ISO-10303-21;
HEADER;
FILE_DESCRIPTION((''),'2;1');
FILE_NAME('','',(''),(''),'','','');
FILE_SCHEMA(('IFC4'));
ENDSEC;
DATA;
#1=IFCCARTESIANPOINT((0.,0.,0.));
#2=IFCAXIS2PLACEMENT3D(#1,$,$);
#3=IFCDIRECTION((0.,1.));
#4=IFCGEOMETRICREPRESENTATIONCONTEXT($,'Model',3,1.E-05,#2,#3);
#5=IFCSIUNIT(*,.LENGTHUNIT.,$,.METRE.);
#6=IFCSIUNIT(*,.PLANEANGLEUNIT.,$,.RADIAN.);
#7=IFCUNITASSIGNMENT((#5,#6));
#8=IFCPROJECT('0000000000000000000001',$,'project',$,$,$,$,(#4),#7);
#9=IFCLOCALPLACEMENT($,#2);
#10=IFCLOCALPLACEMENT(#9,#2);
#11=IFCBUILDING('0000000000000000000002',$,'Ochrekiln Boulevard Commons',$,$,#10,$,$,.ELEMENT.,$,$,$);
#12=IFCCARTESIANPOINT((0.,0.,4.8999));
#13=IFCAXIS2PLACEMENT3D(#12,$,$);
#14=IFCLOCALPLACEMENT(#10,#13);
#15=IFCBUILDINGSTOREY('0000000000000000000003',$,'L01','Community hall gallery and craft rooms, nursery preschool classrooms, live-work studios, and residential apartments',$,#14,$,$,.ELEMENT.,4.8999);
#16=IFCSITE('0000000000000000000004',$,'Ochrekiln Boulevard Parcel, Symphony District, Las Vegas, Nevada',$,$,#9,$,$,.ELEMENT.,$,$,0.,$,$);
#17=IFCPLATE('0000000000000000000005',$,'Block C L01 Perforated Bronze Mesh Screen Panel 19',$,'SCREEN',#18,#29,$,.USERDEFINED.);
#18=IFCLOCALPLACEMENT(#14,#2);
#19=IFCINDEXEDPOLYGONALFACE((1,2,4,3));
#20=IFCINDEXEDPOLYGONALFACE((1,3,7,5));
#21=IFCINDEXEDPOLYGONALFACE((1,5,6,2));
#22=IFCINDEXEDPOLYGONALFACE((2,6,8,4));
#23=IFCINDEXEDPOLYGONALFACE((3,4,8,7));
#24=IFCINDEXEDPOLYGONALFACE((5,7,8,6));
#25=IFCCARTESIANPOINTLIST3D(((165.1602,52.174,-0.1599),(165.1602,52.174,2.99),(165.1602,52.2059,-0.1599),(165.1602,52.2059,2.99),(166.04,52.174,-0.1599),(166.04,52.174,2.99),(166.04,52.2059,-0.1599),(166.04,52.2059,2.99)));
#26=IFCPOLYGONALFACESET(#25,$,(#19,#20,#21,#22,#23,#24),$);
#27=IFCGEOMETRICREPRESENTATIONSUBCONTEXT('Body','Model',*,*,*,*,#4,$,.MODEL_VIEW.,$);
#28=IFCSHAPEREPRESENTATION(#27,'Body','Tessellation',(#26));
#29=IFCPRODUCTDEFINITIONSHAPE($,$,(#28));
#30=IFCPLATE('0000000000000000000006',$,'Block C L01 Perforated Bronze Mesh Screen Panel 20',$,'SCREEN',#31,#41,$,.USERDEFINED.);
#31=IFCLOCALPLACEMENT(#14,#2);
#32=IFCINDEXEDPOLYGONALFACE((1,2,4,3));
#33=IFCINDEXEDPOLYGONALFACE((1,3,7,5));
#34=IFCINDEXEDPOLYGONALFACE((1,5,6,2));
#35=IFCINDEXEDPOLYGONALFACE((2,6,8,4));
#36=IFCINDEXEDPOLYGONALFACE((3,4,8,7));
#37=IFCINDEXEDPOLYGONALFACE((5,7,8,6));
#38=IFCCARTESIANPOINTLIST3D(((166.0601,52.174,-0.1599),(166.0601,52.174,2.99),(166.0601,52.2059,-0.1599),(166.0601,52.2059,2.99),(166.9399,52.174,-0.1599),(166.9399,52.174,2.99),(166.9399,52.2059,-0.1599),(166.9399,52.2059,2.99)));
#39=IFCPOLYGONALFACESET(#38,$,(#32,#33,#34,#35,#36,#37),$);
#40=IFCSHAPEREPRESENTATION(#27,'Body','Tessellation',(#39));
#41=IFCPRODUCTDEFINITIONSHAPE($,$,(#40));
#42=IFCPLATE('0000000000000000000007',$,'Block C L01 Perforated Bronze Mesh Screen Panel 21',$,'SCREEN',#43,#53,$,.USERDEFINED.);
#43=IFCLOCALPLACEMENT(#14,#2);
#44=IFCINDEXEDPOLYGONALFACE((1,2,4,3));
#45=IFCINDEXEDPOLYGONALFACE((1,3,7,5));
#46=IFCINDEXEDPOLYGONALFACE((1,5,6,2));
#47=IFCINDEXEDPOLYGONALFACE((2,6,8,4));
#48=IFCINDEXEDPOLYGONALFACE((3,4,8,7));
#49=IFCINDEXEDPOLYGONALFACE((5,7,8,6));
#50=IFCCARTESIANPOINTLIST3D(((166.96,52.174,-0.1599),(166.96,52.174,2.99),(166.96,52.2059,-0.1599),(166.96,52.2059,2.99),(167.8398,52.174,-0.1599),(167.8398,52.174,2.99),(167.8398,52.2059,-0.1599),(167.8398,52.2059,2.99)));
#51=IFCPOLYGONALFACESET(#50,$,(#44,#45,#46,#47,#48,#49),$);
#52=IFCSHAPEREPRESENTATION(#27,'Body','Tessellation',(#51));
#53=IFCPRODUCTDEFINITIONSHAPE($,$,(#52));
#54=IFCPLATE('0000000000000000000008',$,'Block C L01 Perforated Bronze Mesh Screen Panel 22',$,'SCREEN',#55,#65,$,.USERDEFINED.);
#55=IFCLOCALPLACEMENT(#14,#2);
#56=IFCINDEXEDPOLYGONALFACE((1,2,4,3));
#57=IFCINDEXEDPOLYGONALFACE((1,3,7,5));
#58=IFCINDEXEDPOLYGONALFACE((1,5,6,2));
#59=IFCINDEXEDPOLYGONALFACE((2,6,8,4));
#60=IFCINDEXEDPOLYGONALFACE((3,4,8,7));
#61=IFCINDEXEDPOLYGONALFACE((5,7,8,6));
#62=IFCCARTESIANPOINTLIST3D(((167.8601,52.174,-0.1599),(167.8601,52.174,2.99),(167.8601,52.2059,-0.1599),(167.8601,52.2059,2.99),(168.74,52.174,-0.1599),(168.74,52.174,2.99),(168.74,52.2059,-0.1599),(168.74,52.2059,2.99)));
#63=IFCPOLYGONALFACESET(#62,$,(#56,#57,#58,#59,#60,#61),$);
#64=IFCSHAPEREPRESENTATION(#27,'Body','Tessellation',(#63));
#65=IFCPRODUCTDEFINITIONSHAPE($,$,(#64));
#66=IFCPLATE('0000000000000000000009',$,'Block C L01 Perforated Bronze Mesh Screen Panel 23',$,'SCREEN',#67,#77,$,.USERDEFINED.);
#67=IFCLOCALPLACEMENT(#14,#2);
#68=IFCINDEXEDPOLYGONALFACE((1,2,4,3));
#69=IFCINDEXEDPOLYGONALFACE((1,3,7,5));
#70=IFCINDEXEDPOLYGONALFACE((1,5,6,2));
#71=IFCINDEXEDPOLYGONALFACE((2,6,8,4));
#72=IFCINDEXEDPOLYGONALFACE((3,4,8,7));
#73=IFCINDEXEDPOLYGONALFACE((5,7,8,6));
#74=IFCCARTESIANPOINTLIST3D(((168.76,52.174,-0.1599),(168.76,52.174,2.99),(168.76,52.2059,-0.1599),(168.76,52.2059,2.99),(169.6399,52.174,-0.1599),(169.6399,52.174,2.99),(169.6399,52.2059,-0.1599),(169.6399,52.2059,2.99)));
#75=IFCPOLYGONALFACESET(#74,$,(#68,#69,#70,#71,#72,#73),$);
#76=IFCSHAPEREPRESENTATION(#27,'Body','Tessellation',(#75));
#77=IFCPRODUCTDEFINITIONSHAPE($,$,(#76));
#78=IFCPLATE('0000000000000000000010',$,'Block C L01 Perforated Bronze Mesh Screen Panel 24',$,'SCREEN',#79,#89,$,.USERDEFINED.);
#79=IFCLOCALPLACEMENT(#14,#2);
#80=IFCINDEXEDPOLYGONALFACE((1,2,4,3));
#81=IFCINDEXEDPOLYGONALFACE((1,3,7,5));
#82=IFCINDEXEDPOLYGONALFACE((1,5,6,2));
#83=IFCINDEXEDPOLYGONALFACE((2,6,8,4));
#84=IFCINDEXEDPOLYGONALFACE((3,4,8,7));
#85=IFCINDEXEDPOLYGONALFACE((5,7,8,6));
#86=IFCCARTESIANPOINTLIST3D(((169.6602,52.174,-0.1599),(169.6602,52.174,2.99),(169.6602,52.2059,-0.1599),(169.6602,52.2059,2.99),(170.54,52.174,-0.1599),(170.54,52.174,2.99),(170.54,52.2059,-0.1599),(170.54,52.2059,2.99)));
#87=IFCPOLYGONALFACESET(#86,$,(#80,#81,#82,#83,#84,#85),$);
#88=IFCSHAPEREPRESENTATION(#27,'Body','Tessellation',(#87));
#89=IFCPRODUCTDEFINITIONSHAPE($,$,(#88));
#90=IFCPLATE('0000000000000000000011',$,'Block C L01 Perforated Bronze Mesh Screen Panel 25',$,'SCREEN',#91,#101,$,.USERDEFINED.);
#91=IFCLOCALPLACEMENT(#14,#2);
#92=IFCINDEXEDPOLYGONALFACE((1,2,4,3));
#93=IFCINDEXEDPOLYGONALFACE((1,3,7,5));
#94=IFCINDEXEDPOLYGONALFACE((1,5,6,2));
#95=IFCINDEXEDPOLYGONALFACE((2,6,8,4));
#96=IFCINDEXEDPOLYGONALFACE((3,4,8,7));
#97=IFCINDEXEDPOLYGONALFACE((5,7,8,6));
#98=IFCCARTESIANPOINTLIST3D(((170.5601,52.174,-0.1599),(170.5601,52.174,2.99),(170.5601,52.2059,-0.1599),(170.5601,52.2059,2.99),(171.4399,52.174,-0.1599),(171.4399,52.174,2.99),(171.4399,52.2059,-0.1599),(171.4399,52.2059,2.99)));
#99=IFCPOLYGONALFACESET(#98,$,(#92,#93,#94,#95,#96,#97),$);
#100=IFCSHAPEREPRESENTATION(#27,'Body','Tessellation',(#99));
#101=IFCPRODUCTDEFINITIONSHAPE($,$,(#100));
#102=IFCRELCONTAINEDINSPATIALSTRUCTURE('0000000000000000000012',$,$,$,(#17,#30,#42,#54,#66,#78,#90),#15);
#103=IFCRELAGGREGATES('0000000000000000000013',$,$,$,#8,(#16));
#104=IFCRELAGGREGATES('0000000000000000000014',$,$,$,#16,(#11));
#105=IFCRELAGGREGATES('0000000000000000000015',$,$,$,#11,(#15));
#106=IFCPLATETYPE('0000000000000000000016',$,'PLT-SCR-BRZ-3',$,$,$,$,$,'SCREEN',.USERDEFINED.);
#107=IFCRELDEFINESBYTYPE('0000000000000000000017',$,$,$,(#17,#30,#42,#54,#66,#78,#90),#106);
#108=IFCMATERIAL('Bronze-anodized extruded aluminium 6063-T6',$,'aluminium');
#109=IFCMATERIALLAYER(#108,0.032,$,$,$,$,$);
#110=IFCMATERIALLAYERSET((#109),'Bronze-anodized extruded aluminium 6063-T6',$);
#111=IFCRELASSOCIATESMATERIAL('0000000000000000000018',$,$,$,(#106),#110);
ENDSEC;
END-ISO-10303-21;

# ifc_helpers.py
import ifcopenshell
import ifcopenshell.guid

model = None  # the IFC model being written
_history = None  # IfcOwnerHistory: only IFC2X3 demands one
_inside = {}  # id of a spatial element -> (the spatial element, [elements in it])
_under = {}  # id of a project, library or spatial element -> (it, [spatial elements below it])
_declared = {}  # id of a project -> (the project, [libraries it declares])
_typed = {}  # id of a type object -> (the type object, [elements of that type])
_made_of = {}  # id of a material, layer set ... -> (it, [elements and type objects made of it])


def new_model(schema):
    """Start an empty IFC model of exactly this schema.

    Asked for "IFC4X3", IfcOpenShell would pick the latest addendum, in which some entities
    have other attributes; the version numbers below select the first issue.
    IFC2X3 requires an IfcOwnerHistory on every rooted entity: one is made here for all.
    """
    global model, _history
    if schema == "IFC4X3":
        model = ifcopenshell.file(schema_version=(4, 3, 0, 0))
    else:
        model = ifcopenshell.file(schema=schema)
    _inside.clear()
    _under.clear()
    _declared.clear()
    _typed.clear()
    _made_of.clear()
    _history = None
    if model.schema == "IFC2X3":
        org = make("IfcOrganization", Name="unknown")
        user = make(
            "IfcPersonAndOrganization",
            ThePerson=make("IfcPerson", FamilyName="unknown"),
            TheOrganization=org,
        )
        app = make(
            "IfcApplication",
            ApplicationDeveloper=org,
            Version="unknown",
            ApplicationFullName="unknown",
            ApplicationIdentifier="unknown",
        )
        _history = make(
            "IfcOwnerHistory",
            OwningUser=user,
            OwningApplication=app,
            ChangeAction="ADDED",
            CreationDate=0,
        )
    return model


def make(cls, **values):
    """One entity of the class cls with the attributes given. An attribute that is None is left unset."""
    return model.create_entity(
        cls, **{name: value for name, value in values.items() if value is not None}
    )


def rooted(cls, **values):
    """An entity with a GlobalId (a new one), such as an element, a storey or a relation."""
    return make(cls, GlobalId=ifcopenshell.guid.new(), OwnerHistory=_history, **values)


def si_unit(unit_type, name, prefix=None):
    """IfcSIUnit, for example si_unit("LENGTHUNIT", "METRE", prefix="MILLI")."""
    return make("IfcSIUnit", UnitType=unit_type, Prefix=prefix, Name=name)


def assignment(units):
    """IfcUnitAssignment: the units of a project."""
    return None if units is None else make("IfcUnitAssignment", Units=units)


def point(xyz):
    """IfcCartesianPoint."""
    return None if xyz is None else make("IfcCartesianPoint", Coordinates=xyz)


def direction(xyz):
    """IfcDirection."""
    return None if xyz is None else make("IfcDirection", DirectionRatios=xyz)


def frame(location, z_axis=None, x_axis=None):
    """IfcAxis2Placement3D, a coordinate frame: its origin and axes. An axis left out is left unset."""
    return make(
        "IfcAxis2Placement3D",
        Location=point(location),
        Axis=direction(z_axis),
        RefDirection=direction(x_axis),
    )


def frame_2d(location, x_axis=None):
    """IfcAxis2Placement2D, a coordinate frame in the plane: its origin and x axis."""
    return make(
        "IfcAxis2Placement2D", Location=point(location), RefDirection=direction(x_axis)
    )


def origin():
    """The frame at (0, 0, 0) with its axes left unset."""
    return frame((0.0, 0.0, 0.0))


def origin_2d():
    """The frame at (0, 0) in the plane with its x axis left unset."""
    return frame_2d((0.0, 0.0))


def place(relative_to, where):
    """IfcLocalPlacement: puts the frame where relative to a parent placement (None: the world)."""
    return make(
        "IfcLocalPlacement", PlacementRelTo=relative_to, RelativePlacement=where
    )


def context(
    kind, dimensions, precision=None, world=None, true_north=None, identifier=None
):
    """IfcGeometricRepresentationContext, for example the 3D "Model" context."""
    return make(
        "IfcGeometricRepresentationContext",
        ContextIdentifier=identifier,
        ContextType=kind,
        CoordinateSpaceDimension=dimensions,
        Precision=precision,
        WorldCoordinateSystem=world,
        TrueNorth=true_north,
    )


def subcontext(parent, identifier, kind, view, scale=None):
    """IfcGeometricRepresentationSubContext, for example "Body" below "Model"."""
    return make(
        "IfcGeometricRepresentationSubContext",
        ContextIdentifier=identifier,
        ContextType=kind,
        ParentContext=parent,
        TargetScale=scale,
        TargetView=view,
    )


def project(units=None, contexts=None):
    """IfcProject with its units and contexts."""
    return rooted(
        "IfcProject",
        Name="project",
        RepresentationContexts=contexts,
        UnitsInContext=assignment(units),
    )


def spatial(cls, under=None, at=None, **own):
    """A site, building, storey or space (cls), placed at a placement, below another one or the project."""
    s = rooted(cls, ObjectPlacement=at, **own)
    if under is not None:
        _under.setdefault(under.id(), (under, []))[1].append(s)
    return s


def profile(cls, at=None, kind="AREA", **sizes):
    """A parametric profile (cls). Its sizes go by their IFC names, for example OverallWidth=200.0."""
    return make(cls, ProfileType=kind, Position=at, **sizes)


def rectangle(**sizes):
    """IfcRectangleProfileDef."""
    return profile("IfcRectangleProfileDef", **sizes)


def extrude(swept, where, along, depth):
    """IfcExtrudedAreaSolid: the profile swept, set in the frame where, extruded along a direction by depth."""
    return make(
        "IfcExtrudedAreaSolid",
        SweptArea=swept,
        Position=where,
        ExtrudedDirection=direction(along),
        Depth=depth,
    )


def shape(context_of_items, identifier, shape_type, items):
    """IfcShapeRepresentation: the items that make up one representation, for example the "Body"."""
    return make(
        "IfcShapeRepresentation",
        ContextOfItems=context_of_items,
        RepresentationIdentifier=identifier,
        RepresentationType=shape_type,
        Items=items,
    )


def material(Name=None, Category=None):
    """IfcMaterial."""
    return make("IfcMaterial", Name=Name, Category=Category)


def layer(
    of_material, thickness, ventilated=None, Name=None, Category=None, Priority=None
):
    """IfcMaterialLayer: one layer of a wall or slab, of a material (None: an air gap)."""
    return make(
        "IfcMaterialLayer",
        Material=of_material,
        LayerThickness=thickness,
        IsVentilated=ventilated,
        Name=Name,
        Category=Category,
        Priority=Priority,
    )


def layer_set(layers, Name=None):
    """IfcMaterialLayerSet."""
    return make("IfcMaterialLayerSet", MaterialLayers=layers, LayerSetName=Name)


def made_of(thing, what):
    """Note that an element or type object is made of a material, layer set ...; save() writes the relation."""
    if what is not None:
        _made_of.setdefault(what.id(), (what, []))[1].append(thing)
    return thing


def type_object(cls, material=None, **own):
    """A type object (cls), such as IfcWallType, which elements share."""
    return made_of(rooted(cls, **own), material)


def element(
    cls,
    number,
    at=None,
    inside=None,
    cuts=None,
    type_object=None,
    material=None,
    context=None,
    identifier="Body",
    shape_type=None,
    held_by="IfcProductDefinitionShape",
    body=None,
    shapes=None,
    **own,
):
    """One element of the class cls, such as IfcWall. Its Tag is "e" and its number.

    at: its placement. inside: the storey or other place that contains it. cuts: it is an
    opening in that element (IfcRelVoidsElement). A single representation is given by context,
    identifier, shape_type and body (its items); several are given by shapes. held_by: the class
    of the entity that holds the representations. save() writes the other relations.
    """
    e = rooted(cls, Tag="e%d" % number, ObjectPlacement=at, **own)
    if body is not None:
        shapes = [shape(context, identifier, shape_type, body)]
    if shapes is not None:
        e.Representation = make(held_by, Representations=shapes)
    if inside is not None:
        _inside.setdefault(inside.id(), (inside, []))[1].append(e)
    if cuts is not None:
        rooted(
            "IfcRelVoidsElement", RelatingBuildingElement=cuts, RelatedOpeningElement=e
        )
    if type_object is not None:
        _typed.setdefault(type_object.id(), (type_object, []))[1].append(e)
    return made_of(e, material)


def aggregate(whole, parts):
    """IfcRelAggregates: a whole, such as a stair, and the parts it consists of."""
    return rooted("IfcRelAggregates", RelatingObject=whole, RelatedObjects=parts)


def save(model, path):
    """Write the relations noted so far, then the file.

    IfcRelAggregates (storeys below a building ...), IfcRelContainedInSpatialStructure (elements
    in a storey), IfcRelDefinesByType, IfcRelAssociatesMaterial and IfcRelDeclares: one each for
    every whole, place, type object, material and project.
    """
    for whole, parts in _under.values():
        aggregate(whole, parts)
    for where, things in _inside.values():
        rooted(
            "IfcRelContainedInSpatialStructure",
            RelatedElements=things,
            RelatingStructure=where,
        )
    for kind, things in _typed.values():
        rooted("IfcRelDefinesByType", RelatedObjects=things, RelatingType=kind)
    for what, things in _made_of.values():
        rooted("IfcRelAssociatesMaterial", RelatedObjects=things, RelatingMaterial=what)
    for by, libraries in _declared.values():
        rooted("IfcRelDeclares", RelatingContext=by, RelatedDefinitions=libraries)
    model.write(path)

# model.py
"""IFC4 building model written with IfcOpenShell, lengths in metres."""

from ifc_helpers import new_model, si_unit, direction, frame, origin, origin_2d, place, context, subcontext, project, spatial, rectangle, extrude, material, layer, layer_set, type_object, element, save


model = new_model("IFC4")

# Units and contexts
model_context = context("Model", 3, precision=1e-05, world=origin(), true_north=direction((0.0, 1.0)))
body_context = subcontext(model_context, "Body", "Model", "MODEL_VIEW")
ifc_project = project(units=[si_unit("LENGTHUNIT", "METRE"), si_unit("PLANEANGLEUNIT", "RADIAN")], contexts=[model_context])

# Site, building, storey
site_placement = place(None, origin())
site = spatial("IfcSite", under=ifc_project, at=site_placement, Name="Ochrekiln Boulevard Parcel, Symphony District, Las Vegas, Nevada", CompositionType="ELEMENT", RefElevation=0.0)
building_placement = place(site_placement, origin())
building = spatial("IfcBuilding", under=site, at=building_placement, Name="Ochrekiln Boulevard Commons", CompositionType="ELEMENT")
storey_placement = place(building_placement, frame((0.0, 0.0, 4.8999)))
storey = spatial("IfcBuildingStorey", under=building, at=storey_placement, Name="L01", Description="Community hall gallery and craft rooms, nursery preschool classrooms, live-work studios, and residential apartments", CompositionType="ELEMENT", Elevation=4.8999)

# Shared definitions
ifc_material_1 = material(Name="Bronze-anodized extruded aluminium 6063-T6", Category="aluminium")

# Plates
ifc_layer_1 = layer(ifc_material_1, 0.032)
ifc_layer_set_1 = layer_set([ifc_layer_1], Name="Bronze-anodized extruded aluminium 6063-T6")
plate_type_1 = type_object("IfcPlateType", Name="PLT-SCR-BRZ-3", ElementType="SCREEN", PredefinedType="USERDEFINED", material=ifc_layer_set_1)
for number, where, z_axis, x_axis, name in (
    (1, (165.6001, 52.1899, -0.1599), (0.0, 0.0, 1.0), (1.0, 0.0, 0.0), "Block C L01 Perforated Bronze Mesh Screen Panel 19"),
    (2, (166.5, 52.1899, -0.1599), (0.0, 0.0, 1.0), (1.0, 0.0, 0.0), "Block C L01 Perforated Bronze Mesh Screen Panel 20"),
    (3, (167.3999, 52.1899, -0.1599), (0.0, 0.0, 1.0), (1.0, 0.0, 0.0), "Block C L01 Perforated Bronze Mesh Screen Panel 21"),
    (4, (168.3, 52.1899, -0.1599), (0.0, 0.0, 1.0), (1.0, 0.0, 0.0), "Block C L01 Perforated Bronze Mesh Screen Panel 22"),
    (5, (169.2, 52.1899, -0.1599), (0.0, 0.0, 1.0), (1.0, 0.0, 0.0), "Block C L01 Perforated Bronze Mesh Screen Panel 23"),
    (6, (170.1001, 52.1899, -0.1599), (0.0, 0.0, 1.0), (1.0, 0.0, 0.0), "Block C L01 Perforated Bronze Mesh Screen Panel 24"),
    (7, (171.0, 52.1899, -0.1599), (0.0, 0.0, 1.0), (1.0, 0.0, 0.0), "Block C L01 Perforated Bronze Mesh Screen Panel 25"),
):
    element("IfcPlate", number, at=place(storey_placement, frame(where, z_axis=z_axis, x_axis=x_axis)), inside=storey, type_object=plate_type_1, Name=name, ObjectType="SCREEN", PredefinedType="USERDEFINED", context=body_context, shape_type="SweptSolid", body=[
        extrude(rectangle(XDim=0.8799, YDim=0.032, at=origin_2d()), origin(), (0.0, 0.0, 1.0), 3.1499),
    ])

save(model, "model.ifc")
